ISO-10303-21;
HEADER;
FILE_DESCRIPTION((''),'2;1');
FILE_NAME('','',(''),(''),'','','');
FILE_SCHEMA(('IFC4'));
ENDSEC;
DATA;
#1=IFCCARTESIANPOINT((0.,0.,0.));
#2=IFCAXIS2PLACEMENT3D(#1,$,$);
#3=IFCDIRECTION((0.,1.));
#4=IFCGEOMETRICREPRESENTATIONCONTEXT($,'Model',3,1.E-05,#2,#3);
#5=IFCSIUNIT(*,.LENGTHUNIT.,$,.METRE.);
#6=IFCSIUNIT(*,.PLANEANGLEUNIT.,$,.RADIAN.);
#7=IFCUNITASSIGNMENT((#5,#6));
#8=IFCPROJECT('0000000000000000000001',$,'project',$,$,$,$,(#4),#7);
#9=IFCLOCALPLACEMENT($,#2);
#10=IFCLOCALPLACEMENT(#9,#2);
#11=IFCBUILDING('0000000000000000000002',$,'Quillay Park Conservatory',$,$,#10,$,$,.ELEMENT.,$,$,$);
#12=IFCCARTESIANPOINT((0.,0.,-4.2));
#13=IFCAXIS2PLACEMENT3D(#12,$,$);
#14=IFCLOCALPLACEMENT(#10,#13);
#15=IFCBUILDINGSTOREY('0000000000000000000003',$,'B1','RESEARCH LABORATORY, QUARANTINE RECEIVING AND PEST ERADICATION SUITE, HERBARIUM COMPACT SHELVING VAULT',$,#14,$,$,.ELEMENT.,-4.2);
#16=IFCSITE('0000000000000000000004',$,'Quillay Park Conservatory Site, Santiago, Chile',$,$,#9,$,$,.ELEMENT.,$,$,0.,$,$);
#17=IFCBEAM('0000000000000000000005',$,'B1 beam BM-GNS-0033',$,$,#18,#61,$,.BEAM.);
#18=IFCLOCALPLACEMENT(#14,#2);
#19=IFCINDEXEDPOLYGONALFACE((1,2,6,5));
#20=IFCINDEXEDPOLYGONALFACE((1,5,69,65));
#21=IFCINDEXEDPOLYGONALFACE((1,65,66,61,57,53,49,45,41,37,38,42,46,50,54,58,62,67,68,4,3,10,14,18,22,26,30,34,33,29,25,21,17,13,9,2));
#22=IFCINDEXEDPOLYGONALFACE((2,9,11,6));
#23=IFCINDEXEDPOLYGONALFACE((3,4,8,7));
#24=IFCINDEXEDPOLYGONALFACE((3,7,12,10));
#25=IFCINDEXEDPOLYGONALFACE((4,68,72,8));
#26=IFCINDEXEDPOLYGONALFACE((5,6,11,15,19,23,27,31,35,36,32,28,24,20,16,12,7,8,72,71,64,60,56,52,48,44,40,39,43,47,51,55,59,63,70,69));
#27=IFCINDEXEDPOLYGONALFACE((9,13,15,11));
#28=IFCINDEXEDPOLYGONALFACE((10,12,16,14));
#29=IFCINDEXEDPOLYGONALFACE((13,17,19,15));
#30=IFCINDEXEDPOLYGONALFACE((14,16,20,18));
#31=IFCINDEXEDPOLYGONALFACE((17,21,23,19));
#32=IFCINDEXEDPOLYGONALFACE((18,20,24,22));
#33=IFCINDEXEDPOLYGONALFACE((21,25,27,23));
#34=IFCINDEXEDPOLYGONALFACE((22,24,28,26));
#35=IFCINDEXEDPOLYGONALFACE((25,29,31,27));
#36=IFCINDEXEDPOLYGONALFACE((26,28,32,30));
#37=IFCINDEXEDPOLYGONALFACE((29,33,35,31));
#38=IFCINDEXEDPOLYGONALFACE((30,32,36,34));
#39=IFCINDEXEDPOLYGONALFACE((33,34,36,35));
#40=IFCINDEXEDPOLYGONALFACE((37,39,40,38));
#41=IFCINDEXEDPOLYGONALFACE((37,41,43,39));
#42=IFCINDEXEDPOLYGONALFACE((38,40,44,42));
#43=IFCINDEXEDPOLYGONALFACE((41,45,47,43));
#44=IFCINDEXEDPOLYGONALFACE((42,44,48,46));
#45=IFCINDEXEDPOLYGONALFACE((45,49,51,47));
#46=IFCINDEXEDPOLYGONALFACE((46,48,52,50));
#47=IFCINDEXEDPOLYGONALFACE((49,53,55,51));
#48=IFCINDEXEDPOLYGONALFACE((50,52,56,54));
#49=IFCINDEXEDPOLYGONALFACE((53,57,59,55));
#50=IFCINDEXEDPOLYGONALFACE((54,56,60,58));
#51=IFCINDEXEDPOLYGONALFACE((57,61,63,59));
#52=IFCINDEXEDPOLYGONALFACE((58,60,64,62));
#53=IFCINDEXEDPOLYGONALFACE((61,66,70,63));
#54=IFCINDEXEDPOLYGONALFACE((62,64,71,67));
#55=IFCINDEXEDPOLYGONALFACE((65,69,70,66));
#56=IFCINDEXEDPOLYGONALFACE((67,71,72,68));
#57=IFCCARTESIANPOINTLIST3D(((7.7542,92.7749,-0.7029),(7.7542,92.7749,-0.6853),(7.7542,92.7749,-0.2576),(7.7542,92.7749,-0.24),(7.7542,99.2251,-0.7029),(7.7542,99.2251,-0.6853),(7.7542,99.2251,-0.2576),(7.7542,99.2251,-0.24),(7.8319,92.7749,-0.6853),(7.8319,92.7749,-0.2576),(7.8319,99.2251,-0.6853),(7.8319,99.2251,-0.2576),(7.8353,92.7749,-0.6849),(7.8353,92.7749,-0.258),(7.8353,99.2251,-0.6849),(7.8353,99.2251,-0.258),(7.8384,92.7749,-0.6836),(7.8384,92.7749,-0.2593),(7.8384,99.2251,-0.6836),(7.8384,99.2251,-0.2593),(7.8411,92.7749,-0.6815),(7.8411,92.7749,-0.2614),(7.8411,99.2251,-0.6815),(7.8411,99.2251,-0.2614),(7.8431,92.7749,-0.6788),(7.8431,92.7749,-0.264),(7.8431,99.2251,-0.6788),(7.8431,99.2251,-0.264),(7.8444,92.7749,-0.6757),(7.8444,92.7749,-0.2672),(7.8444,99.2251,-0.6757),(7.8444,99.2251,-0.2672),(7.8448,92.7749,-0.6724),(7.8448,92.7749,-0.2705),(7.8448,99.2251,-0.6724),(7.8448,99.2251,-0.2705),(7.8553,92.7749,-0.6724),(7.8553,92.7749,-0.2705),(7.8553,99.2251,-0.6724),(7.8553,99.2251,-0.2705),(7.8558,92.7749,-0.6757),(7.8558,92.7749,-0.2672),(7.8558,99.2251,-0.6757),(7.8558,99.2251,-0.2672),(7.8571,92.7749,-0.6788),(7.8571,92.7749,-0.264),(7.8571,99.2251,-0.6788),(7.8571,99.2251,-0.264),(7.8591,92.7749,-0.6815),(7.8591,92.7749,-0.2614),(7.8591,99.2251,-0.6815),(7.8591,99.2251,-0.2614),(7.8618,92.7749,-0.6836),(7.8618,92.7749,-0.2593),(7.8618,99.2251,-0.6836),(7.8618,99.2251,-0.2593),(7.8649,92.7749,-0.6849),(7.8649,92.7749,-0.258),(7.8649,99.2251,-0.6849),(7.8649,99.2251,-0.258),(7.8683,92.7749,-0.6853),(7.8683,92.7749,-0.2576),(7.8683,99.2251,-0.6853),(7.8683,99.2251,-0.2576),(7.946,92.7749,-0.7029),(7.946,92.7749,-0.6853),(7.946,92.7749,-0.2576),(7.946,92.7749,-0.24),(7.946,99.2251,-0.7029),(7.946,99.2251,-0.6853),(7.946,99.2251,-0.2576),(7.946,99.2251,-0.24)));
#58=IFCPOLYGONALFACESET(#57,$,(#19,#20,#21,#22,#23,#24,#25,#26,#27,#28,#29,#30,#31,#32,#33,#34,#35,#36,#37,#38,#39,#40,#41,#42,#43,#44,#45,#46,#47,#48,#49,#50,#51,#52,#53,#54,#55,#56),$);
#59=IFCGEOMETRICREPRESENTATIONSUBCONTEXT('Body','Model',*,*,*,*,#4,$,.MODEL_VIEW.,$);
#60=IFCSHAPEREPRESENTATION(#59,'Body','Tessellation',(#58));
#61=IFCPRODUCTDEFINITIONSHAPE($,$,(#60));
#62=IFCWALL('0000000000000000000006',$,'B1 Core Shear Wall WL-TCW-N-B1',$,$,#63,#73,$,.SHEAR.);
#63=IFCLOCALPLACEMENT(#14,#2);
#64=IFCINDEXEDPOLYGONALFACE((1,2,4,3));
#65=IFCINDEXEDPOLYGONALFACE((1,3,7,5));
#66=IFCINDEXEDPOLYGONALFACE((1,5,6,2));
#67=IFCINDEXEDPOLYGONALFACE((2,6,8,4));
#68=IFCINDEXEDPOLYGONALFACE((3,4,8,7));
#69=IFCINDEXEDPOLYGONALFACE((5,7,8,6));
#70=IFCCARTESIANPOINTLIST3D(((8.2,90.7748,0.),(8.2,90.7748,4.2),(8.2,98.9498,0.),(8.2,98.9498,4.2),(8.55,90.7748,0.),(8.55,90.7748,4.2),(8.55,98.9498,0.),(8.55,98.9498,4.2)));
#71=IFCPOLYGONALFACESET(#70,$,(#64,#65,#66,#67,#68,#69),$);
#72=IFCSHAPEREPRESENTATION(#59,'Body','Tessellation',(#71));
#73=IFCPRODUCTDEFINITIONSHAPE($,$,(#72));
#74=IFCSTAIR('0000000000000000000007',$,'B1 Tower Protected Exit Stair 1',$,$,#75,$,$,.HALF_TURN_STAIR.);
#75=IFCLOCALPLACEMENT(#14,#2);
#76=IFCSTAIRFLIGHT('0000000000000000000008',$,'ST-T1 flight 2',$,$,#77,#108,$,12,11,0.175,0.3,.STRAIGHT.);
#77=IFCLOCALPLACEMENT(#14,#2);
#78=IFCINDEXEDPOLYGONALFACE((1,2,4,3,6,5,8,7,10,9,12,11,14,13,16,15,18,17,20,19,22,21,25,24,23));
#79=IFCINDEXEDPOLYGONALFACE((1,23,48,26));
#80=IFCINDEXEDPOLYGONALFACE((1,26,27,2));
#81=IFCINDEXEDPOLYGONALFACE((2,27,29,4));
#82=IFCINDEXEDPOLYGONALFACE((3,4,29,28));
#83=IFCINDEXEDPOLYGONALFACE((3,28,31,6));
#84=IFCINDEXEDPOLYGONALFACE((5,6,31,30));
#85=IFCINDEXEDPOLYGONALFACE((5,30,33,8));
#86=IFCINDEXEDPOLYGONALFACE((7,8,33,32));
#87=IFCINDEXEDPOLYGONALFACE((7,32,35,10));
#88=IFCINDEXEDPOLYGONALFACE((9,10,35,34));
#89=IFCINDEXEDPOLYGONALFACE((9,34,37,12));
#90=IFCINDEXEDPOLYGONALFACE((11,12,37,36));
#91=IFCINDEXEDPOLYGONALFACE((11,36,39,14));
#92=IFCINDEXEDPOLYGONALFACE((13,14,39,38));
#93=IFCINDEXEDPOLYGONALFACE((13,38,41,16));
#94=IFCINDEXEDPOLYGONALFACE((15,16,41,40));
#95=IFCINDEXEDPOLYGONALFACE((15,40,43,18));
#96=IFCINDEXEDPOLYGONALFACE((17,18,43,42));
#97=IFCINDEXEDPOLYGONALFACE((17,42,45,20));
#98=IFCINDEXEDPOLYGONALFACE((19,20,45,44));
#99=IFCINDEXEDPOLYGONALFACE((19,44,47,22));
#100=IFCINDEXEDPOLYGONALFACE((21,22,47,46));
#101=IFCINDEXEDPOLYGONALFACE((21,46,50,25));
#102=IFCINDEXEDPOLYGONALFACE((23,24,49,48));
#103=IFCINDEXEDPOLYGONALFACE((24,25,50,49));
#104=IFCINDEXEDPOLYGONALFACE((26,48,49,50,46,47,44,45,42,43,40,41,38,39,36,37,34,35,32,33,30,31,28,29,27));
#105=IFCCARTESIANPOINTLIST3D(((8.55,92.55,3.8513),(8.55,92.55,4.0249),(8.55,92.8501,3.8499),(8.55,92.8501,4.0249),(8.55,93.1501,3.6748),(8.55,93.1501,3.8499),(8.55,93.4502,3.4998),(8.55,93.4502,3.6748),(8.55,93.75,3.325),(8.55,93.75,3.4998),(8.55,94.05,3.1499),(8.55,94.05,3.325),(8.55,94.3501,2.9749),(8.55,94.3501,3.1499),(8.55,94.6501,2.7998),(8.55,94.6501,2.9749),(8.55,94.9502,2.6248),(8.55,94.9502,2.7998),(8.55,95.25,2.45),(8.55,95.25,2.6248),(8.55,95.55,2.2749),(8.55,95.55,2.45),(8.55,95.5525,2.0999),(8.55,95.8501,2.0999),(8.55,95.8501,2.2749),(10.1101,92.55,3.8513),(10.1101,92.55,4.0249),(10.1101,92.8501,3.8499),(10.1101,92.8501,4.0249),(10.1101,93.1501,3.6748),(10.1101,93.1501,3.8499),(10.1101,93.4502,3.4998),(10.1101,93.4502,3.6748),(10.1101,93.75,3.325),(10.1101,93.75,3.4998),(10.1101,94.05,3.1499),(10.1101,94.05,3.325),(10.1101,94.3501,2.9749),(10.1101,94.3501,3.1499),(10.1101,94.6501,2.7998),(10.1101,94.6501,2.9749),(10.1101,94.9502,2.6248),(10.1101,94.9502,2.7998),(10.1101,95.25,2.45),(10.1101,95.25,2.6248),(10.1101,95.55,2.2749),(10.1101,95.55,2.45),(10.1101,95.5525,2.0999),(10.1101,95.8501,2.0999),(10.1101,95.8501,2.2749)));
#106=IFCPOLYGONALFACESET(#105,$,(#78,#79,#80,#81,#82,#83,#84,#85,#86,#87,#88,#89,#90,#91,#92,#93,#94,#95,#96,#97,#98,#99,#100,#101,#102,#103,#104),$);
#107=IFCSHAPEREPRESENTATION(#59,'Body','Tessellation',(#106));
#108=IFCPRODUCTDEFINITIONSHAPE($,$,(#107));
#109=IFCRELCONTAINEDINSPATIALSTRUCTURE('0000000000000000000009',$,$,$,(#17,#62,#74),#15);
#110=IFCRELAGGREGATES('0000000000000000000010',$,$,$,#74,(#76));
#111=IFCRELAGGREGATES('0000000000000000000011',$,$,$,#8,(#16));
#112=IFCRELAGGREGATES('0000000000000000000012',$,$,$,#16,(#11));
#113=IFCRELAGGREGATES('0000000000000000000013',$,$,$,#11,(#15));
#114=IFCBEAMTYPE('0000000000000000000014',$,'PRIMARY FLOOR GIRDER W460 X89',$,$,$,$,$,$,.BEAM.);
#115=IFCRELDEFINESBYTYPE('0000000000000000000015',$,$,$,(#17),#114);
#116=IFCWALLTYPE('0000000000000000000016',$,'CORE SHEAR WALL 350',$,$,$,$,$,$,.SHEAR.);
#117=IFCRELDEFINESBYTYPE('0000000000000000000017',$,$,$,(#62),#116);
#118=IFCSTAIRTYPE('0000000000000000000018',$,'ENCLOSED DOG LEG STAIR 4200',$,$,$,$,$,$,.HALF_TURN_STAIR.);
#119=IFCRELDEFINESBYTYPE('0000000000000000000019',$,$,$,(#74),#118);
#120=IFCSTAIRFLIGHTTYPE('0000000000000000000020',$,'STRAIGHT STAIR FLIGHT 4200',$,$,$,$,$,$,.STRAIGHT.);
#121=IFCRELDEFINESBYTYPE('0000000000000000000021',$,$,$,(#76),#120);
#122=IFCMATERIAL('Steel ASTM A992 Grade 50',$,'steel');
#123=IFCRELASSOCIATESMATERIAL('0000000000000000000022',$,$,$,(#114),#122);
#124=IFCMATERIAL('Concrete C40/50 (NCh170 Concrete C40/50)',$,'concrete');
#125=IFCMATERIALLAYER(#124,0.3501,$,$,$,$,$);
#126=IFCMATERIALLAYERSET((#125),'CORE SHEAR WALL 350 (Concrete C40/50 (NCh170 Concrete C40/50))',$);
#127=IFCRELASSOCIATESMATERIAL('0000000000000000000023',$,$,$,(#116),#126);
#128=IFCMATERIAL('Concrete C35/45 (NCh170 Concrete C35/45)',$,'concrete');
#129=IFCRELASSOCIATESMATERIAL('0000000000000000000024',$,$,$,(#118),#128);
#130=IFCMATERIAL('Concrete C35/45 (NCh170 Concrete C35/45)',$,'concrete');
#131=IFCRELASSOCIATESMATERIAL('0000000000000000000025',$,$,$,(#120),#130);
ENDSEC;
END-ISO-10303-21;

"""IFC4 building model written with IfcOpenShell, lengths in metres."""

from ifc_helpers import new_model, si_unit, direction, frame, frame_2d, origin, origin_2d, place, context, subcontext, project, spatial, polyline, rectangle, i_section, outline, extrude, material, layer, layer_set, material_profile, profile_set, type_object, element, aggregate, save


model = new_model("IFC4")

# Units and contexts
model_context = context("Model", 3, precision=1e-05, world=origin(), true_north=direction((0.0, 1.0)))
body_context = subcontext(model_context, "Body", "Model", "MODEL_VIEW")
ifc_project = project(units=[si_unit("LENGTHUNIT", "METRE"), si_unit("PLANEANGLEUNIT", "RADIAN")], contexts=[model_context])

# Site, building, storey
site_placement = place(None, origin())
site = spatial("IfcSite", under=ifc_project, at=site_placement, Name="Quillay Park Conservatory Site, Santiago, Chile", CompositionType="ELEMENT", RefElevation=0.0)
building_placement = place(site_placement, origin())
building = spatial("IfcBuilding", under=site, at=building_placement, Name="Quillay Park Conservatory", CompositionType="ELEMENT")
storey_placement = place(building_placement, frame((0.0, 0.0, -4.2)))
storey = spatial("IfcBuildingStorey", under=building, at=storey_placement, Name="B1", Description="RESEARCH LABORATORY, QUARANTINE RECEIVING AND PEST ERADICATION SUITE, HERBARIUM COMPACT SHELVING VAULT", CompositionType="ELEMENT", Elevation=-4.2)

# Beam
ifc_material_1 = material(Name="Steel ASTM A992 Grade 50", Category="steel")
ifc_material_profile_1 = material_profile(ifc_material_1, i_section(OverallWidth=0.1919, OverallDepth=0.4629, WebThickness=0.0105, FlangeThickness=0.0176, FilletRadius=0.0129, at=origin_2d()), Name="W460x89")
ifc_profile_set_1 = profile_set([ifc_material_profile_1], Name="Steel ASTM A992 Grade 50")
beam_type_1 = type_object("IfcBeamType", Name="PRIMARY FLOOR GIRDER W460 X89", PredefinedType="BEAM", material=ifc_profile_set_1)
beam_1_placement = place(storey_placement, frame((7.8501, 92.7749, -0.4714), z_axis=(0.0, 1.0, 0.0), x_axis=(-1.0, 0.0, 0.0)))
element("IfcBeam", 1, at=beam_1_placement, inside=storey, type_object=beam_type_1, Name="B1 beam BM-GNS-0033", PredefinedType="BEAM", context=body_context, shape_type="SweptSolid", body=[
    extrude(i_section(OverallWidth=0.1919, OverallDepth=0.4629, WebThickness=0.0105, FlangeThickness=0.0176, FilletRadius=0.0129, at=origin_2d()), origin(), (0.0, 0.0, 1.0), 6.4502),
])

# Wall
ifc_material_2 = material(Name="Concrete C40/50 (NCh170 Concrete C40/50)", Category="concrete")
ifc_layer_1 = layer(ifc_material_2, 0.3501)
ifc_layer_set_1 = layer_set([ifc_layer_1], Name="CORE SHEAR WALL 350 (Concrete C40/50 (NCh170 Concrete C40/50))")
wall_type_1 = type_object("IfcWallType", Name="CORE SHEAR WALL 350", PredefinedType="SHEAR", material=ifc_layer_set_1)
wall_1_placement = place(storey_placement, frame((8.375, 90.7749, 0.0), z_axis=(0.0, 0.0, 1.0), x_axis=(0.0, 1.0, 0.0)))
element("IfcWall", 2, at=wall_1_placement, inside=storey, type_object=wall_type_1, Name="B1 Core Shear Wall WL-TCW-N-B1", PredefinedType="SHEAR", context=body_context, shape_type="SweptSolid", body=[
    extrude(rectangle(XDim=8.175, YDim=0.3501, at=frame_2d((4.0874, 0.0))), origin(), (0.0, 0.0, 1.0), 4.2),
])

# Stair, stair flight
ifc_material_3 = material(Name="Concrete C35/45 (NCh170 Concrete C35/45)", Category="concrete")
stair_type = type_object("IfcStairType", Name="ENCLOSED DOG LEG STAIR 4200", PredefinedType="HALF_TURN_STAIR", material=ifc_material_3)
stair_placement = place(storey_placement, origin())
stair = element("IfcStair", 3, at=stair_placement, inside=storey, type_object=stair_type, Name="B1 Tower Protected Exit Stair 1", PredefinedType="HALF_TURN_STAIR")
ifc_material_4 = material(Name="Concrete C35/45 (NCh170 Concrete C35/45)", Category="concrete")
stair_flight_type = type_object("IfcStairFlightType", Name="STRAIGHT STAIR FLIGHT 4200", PredefinedType="STRAIGHT", material=ifc_material_4)
stair_flight_placement = place(storey_placement, frame((9.3301, 95.8501, 2.0999), z_axis=(0.0, 0.0, 1.0), x_axis=(0.0, -1.0, 0.0)))
stair_flight = element("IfcStairFlight", 4, at=stair_flight_placement, type_object=stair_flight_type, Name="ST-T1 flight 2", NumberOfRisers=12, NumberOfTreads=11, PredefinedType="STRAIGHT", RiserHeight=0.175, TreadLength=0.3, context=body_context, shape_type="SweptSolid", body=[
    extrude(outline(polyline([(0.0, 0.0), (0.0, 0.175), (0.3, 0.175), (0.3, 0.3501), (0.6001, 0.3501), (0.6001, 0.5249), (0.8999, 0.5249), (0.8999, 0.7), (1.2, 0.7), (1.2, 0.875), (1.5, 0.875), (1.5, 1.05), (1.8, 1.05), (1.8, 1.2251), (2.1001, 1.2251), (2.1001, 1.3999), (2.3999, 1.3999), (2.3999, 1.575), (2.7, 1.575), (2.7, 1.75), (3.0, 1.75), (3.0, 1.925), (3.3, 1.925), (3.3, 2.1001), (3.3, 1.7515), (0.2976, 0.0), (0.0, 0.0)])), frame((0.0, 0.78, 0.0), z_axis=(0.0, -1.0, 0.0), x_axis=(1.0, 0.0, 0.0)), (0.0, 0.0, 1.0), 1.5601),
])
aggregate(stair, [stair_flight])

save(model, "model.ifc")
